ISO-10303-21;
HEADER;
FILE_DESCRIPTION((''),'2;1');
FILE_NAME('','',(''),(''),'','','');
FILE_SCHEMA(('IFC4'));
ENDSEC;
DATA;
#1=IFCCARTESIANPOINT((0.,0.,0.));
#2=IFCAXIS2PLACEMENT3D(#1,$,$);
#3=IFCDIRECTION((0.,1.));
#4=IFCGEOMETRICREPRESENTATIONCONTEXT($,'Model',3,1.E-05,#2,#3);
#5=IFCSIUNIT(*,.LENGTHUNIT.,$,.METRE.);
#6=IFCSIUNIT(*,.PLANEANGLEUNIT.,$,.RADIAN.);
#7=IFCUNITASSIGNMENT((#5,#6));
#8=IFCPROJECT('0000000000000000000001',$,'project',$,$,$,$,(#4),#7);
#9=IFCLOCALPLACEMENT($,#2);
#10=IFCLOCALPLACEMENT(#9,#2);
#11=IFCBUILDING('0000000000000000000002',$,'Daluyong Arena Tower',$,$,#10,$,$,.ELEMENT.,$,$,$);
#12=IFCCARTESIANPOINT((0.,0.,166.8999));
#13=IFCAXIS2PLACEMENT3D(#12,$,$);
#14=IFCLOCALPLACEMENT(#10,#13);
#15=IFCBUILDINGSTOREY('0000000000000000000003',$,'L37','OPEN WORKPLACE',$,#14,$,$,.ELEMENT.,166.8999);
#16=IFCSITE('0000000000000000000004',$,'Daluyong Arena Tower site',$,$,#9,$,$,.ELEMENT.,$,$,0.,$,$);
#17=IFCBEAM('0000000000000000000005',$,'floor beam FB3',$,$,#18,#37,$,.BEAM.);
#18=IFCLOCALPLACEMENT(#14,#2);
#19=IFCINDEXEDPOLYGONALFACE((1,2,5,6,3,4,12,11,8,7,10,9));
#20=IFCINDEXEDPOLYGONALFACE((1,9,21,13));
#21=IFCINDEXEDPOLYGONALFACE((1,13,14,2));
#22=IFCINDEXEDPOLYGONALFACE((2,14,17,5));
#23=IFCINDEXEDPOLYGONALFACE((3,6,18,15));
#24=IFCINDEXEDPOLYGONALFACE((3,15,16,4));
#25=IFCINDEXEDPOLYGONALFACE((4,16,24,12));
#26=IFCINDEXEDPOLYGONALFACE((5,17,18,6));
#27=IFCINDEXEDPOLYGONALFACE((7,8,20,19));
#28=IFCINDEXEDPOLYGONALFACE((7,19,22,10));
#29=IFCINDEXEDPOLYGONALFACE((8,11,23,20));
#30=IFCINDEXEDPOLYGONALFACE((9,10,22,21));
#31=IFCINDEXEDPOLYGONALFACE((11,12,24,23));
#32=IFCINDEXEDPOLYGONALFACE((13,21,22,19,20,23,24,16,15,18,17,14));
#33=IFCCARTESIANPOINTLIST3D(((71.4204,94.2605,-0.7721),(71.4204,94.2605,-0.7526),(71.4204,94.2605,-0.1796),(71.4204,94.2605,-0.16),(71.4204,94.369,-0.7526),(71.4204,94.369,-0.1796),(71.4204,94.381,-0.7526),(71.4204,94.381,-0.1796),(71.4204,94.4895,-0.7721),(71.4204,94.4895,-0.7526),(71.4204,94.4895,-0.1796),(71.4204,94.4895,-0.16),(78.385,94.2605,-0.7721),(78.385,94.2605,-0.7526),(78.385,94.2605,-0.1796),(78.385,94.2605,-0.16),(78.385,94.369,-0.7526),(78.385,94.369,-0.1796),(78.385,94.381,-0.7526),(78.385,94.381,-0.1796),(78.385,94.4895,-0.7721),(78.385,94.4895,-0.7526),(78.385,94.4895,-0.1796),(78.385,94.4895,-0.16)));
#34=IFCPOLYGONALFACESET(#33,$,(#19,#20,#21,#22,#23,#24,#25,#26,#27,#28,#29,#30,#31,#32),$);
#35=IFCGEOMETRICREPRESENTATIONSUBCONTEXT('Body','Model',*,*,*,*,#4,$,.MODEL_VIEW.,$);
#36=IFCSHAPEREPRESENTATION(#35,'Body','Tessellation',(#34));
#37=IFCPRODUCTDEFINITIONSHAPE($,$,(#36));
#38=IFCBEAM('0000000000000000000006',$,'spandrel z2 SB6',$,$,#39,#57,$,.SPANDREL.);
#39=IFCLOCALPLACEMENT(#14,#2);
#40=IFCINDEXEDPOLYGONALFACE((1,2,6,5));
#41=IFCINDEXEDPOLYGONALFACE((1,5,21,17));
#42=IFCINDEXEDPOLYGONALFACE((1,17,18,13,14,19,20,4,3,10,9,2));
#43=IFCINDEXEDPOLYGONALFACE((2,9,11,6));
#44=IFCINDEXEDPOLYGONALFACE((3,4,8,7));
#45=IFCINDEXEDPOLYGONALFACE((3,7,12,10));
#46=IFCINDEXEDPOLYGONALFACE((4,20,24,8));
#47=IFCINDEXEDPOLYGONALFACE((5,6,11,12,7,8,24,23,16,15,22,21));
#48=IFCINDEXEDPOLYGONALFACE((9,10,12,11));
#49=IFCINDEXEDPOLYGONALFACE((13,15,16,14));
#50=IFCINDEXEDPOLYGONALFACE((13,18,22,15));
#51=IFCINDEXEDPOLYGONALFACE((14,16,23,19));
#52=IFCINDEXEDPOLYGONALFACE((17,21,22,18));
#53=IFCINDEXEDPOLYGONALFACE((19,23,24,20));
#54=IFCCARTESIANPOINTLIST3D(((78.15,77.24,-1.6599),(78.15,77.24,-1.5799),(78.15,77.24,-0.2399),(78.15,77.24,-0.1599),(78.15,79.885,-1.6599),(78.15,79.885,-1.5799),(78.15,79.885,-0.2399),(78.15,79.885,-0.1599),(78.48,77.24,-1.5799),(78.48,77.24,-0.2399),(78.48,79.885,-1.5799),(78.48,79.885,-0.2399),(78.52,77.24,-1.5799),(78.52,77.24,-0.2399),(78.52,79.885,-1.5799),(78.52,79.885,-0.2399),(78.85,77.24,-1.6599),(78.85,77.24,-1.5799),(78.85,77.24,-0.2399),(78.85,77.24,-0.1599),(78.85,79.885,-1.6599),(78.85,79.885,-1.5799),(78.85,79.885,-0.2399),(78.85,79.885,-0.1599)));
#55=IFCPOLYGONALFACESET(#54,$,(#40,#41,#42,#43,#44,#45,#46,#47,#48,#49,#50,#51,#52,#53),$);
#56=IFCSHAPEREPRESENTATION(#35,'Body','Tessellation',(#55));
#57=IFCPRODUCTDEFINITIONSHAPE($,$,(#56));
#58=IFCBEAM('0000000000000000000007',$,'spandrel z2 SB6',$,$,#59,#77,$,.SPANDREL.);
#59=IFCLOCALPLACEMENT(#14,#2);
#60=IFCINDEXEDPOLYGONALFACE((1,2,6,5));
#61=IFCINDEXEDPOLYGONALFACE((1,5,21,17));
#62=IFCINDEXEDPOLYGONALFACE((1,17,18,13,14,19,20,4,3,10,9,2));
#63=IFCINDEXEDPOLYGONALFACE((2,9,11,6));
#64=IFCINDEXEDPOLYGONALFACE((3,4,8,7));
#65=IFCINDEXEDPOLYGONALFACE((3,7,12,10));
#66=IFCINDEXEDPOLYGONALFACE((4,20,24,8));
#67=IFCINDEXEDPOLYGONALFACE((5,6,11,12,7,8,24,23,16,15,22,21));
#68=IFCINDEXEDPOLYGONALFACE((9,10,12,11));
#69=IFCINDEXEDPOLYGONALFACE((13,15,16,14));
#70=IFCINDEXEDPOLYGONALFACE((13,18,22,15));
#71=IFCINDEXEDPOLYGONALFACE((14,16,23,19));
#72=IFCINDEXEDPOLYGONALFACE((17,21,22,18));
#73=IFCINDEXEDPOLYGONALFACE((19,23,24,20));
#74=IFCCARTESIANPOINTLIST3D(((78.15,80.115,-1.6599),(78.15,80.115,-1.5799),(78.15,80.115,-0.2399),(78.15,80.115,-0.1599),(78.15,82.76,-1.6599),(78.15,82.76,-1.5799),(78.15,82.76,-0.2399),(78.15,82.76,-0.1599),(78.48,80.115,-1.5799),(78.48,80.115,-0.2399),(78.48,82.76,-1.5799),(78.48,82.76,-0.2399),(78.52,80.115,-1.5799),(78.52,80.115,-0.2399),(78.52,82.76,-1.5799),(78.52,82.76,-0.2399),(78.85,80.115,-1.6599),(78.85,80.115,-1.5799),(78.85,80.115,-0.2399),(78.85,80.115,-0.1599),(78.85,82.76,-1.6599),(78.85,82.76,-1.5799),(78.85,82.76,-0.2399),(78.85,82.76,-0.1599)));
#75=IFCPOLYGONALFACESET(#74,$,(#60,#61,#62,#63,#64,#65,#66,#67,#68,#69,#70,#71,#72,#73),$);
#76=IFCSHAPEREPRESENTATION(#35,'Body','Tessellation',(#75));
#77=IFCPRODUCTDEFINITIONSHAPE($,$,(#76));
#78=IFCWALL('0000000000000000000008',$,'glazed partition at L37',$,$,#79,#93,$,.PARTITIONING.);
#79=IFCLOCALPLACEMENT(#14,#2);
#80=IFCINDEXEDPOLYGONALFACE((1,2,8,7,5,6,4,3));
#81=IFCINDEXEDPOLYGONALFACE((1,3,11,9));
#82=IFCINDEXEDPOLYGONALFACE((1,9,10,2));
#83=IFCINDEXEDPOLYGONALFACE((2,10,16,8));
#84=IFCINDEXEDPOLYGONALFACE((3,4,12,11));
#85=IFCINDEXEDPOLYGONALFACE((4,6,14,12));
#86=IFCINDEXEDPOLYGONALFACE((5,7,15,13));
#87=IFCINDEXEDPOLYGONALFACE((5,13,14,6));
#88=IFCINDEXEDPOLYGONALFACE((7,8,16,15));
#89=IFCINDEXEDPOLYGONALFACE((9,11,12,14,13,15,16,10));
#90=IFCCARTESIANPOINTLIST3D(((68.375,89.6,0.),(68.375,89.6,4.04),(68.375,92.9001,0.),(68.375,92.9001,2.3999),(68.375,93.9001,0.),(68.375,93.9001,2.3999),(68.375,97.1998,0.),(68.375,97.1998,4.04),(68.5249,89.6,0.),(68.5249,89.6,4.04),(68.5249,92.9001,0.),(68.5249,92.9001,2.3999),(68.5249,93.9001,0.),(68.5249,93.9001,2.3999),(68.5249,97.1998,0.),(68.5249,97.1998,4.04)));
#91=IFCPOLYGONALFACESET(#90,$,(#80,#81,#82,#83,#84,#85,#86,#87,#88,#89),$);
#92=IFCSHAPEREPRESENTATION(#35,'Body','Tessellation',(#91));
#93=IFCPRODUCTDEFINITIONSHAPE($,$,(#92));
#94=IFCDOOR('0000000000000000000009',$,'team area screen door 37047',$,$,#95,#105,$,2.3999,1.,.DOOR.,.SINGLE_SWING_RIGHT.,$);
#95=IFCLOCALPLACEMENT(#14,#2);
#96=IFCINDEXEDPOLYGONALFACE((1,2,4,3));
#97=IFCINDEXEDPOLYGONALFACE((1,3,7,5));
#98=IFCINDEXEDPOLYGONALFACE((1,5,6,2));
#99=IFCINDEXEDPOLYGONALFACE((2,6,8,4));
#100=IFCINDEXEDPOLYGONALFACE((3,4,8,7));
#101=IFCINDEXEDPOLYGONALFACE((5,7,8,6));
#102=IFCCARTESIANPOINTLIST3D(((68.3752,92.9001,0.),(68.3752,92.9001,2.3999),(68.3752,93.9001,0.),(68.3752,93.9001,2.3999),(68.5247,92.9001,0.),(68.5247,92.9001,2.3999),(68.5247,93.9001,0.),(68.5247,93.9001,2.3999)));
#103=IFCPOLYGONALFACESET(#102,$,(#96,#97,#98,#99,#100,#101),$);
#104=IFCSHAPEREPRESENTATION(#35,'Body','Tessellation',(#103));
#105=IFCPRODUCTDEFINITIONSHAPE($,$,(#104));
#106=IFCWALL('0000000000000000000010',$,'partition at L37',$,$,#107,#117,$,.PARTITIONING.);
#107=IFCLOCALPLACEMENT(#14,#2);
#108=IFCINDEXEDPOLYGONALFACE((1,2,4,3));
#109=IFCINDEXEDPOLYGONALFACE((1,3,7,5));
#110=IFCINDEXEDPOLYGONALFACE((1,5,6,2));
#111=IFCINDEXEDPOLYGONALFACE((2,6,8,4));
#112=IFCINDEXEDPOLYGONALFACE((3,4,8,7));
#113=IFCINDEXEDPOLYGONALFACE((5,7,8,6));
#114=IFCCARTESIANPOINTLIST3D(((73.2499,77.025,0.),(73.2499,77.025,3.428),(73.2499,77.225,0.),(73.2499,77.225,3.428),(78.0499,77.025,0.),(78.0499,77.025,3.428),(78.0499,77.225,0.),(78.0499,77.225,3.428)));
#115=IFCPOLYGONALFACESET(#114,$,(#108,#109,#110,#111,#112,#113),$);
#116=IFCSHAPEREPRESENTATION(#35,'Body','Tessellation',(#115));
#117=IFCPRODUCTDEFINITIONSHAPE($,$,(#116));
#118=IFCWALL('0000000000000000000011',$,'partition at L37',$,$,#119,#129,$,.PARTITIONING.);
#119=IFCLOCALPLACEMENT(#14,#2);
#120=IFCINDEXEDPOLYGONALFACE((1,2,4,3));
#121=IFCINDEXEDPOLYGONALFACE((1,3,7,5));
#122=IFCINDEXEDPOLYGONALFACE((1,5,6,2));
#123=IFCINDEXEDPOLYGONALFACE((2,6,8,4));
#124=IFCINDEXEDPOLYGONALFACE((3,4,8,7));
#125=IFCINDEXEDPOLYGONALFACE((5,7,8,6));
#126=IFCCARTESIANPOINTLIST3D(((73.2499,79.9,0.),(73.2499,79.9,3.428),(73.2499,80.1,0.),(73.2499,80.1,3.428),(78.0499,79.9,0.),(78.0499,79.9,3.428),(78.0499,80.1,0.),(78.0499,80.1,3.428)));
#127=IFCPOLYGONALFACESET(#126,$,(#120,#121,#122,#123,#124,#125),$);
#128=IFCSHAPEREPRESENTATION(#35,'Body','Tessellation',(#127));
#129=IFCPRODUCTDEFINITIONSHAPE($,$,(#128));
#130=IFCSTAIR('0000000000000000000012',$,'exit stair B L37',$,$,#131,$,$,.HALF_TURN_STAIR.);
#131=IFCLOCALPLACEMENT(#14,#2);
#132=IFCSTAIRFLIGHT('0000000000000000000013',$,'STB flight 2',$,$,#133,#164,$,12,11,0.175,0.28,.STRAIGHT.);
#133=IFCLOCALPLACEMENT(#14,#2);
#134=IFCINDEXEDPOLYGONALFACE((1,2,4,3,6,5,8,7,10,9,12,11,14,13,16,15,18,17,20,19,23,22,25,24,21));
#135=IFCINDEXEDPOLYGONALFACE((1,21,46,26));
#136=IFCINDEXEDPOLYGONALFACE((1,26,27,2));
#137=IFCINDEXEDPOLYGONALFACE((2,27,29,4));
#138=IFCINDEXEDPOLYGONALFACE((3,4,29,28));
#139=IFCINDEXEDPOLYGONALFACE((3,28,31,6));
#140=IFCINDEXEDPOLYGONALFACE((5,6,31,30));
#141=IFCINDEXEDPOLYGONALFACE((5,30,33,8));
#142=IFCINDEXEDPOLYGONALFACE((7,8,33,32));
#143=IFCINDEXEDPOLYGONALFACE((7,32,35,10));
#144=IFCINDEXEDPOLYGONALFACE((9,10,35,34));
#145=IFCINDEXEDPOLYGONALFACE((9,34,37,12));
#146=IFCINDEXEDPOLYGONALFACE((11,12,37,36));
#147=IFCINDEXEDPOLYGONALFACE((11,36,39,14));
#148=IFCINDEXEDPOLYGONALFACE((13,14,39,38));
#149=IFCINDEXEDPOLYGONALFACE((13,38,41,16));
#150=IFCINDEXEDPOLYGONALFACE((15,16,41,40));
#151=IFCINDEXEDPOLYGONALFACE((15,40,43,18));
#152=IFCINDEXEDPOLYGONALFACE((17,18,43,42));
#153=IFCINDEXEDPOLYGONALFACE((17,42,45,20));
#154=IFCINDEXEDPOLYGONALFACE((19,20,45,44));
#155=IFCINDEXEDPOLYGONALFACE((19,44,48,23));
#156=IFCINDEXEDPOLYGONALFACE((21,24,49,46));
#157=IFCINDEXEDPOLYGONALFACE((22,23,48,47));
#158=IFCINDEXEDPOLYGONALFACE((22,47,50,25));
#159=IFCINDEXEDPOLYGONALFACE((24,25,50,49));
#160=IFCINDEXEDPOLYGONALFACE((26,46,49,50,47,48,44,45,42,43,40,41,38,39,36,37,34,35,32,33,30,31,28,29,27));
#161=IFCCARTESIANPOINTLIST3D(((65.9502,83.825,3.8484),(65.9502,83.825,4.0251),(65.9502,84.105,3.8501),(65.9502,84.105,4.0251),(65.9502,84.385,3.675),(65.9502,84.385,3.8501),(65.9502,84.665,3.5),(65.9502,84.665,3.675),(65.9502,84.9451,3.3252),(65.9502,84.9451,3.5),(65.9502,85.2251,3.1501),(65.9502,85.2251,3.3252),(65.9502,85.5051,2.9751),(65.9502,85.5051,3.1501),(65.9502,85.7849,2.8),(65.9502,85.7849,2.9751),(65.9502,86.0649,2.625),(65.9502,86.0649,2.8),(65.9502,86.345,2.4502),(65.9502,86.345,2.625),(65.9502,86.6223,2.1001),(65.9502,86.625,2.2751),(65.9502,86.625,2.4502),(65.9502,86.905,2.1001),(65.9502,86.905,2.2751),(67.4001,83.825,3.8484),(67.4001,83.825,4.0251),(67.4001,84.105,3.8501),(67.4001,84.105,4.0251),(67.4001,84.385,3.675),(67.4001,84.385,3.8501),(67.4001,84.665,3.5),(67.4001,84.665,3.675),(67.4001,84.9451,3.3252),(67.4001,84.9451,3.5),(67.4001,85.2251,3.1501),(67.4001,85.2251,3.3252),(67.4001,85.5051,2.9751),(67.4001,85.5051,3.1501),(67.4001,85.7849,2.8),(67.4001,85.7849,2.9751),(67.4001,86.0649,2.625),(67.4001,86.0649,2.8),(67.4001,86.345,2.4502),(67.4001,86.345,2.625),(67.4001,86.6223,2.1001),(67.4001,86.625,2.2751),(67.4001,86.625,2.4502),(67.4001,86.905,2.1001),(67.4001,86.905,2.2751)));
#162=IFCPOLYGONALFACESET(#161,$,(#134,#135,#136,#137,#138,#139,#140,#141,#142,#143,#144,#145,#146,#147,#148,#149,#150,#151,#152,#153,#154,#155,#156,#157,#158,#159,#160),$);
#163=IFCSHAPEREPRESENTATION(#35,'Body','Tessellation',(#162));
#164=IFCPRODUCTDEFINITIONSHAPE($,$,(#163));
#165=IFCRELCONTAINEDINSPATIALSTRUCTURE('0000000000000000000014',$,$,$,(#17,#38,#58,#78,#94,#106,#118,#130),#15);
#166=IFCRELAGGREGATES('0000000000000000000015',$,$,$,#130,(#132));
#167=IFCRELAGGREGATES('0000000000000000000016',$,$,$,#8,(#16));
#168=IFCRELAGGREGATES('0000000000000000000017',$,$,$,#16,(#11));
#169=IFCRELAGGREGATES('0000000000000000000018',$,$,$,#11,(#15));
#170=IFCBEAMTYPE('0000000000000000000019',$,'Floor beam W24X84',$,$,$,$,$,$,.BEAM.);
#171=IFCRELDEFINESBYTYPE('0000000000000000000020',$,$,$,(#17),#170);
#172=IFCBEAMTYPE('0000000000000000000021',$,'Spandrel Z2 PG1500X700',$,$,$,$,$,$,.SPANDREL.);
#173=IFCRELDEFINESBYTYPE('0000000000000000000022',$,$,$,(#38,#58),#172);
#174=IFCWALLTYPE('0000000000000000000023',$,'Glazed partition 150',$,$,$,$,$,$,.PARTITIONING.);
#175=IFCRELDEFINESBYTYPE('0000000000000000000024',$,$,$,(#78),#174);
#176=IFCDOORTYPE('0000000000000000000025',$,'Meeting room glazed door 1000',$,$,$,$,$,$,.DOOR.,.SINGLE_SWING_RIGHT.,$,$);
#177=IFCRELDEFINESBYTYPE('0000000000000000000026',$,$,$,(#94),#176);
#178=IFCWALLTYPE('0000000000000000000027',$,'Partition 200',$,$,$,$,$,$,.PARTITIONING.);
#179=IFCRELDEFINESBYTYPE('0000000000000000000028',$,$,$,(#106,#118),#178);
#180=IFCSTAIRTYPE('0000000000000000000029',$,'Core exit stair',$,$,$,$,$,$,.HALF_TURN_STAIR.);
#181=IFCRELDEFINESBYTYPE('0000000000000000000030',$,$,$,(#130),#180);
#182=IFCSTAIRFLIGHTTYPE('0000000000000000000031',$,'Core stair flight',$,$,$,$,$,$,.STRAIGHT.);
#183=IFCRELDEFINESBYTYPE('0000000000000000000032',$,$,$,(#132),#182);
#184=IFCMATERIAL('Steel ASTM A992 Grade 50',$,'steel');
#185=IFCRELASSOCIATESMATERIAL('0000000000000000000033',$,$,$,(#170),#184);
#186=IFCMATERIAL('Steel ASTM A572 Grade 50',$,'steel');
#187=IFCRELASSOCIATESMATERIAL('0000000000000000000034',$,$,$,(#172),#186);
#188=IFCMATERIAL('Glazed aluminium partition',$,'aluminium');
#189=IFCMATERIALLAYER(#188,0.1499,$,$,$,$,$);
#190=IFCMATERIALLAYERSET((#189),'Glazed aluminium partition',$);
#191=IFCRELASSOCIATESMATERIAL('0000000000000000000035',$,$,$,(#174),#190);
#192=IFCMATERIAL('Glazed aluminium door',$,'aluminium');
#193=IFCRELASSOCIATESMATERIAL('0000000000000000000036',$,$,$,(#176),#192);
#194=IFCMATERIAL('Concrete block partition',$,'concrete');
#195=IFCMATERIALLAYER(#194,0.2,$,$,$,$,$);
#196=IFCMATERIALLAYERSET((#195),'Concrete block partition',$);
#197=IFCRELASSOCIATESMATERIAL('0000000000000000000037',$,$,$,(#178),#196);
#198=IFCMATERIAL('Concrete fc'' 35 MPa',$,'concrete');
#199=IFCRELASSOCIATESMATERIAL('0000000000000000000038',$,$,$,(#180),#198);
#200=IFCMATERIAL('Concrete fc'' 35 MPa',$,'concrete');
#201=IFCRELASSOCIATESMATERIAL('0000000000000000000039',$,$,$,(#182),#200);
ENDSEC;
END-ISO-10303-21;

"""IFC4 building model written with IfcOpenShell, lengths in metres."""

from ifc_helpers import new_model, si_unit, direction, frame, frame_2d, origin, origin_2d, place, context, subcontext, project, spatial, polyline, rectangle, i_section, outline, extrude, material, layer, layer_set, material_profile, profile_set, type_object, element, fill, aggregate, save


model = new_model("IFC4")

# Units and contexts
model_context = context("Model", 3, precision=1e-05, world=origin(), true_north=direction((0.0, 1.0)))
body_context = subcontext(model_context, "Body", "Model", "MODEL_VIEW")
ifc_project = project(units=[si_unit("LENGTHUNIT", "METRE"), si_unit("PLANEANGLEUNIT", "RADIAN")], contexts=[model_context])

# Site, building, storey
site_placement = place(None, origin())
site = spatial("IfcSite", under=ifc_project, at=site_placement, Name="Daluyong Arena Tower site", CompositionType="ELEMENT", RefElevation=0.0)
building_placement = place(site_placement, origin())
building = spatial("IfcBuilding", under=site, at=building_placement, Name="Daluyong Arena Tower", CompositionType="ELEMENT")
storey_placement = place(building_placement, frame((0.0, 0.0, 166.8999)))
storey = spatial("IfcBuildingStorey", under=building, at=storey_placement, Name="L37", Description="OPEN WORKPLACE", CompositionType="ELEMENT", Elevation=166.8999)

# Beams
ifc_material_1 = material(Name="Steel ASTM A992 Grade 50", Category="steel")
ifc_material_profile_1 = material_profile(ifc_material_1, i_section(OverallWidth=0.229, OverallDepth=0.6121, WebThickness=0.012, FlangeThickness=0.0195, at=origin_2d()))
ifc_profile_set_1 = profile_set([ifc_material_profile_1], Name="Steel ASTM A992 Grade 50")
beam_type_1 = type_object("IfcBeamType", Name="Floor beam W24X84", PredefinedType="BEAM", material=ifc_profile_set_1)
beam_1_placement = place(storey_placement, frame((78.385, 94.375, -0.4661), z_axis=(-1.0, 0.0, 0.0), x_axis=(0.0, -1.0, 0.0)))
element("IfcBeam", 1, at=beam_1_placement, inside=storey, type_object=beam_type_1, Name="floor beam FB3", PredefinedType="BEAM", context=body_context, shape_type="SweptSolid", body=[
    extrude(i_section(OverallWidth=0.229, OverallDepth=0.6121, WebThickness=0.012, FlangeThickness=0.0195, at=origin_2d()), origin(), (0.0, 0.0, 1.0), 6.9646),
])
ifc_material_2 = material(Name="Steel ASTM A572 Grade 50", Category="steel")
ifc_material_profile_2 = material_profile(ifc_material_2, i_section(OverallWidth=0.7, OverallDepth=1.5, WebThickness=0.04, FlangeThickness=0.08, at=origin_2d()))
ifc_profile_set_2 = profile_set([ifc_material_profile_2], Name="Steel ASTM A572 Grade 50")
beam_type_2 = type_object("IfcBeamType", Name="Spandrel Z2 PG1500X700", PredefinedType="SPANDREL", material=ifc_profile_set_2)
for number, where, z_axis, x_axis, name in (
    (2, (78.5, 77.24, -0.9099), (0.0, 1.0, 0.0), (-1.0, 0.0, 0.0), "spandrel z2 SB6"),
    (3, (78.5, 80.115, -0.9099), (0.0, 1.0, 0.0), (-1.0, 0.0, 0.0), "spandrel z2 SB6"),
):
    element("IfcBeam", number, at=place(storey_placement, frame(where, z_axis=z_axis, x_axis=x_axis)), inside=storey, type_object=beam_type_2, Name=name, PredefinedType="SPANDREL", context=body_context, shape_type="SweptSolid", body=[
        extrude(i_section(OverallWidth=0.7, OverallDepth=1.5, WebThickness=0.04, FlangeThickness=0.08, at=origin_2d()), origin(), (0.0, 0.0, 1.0), 2.645),
    ])

# Wall, opening, door
ifc_material_3 = material(Name="Glazed aluminium partition", Category="aluminium")
ifc_layer_1 = layer(ifc_material_3, 0.1499)
ifc_layer_set_1 = layer_set([ifc_layer_1], Name="Glazed aluminium partition")
wall_type_1 = type_object("IfcWallType", Name="Glazed partition 150", PredefinedType="PARTITIONING", material=ifc_layer_set_1)
wall_placement = place(storey_placement, frame((68.45, 89.6001, 0.0), z_axis=(0.0, 0.0, 1.0), x_axis=(0.0, 1.0, 0.0)))
wall = element("IfcWall", 4, at=wall_placement, inside=storey, type_object=wall_type_1, Name="glazed partition at L37", PredefinedType="PARTITIONING", context=body_context, shape_type="SweptSolid", body=[
    extrude(rectangle(XDim=7.5999, YDim=0.1499, at=frame_2d((3.7998, 0.0))), origin(), (0.0, 0.0, 1.0), 4.04),
])
opening_placement = place(wall_placement, frame((3.3, 0.0, 0.0)))
opening = element("IfcOpeningElement", 5, at=opening_placement, cuts=wall, PredefinedType="OPENING", context=body_context, shape_type="SweptSolid", body=[
    extrude(rectangle(XDim=1.0, YDim=2.3999, at=frame_2d((0.5, 1.2))), frame((0.0, 0.085, 0.0), z_axis=(0.0, -1.0, 0.0), x_axis=(1.0, 0.0, 0.0)), (0.0, 0.0, 1.0), 0.1699),
])
ifc_material_4 = material(Name="Glazed aluminium door", Category="aluminium")
door_type = type_object("IfcDoorType", Name="Meeting room glazed door 1000", OperationType="SINGLE_SWING_RIGHT", PredefinedType="DOOR", material=ifc_material_4)
door_placement = place(opening_placement, origin())
door = element("IfcDoor", 6, at=door_placement, inside=storey, type_object=door_type, Name="team area screen door 37047", OperationType="SINGLE_SWING_RIGHT", OverallHeight=2.3999, OverallWidth=1.0, PredefinedType="DOOR", context=body_context, shape_type="SweptSolid", body=[
    extrude(rectangle(XDim=1.0, YDim=2.3999, at=frame_2d((0.5, 1.2))), frame((0.0, 0.0747, 0.0), z_axis=(0.0, -1.0, 0.0), x_axis=(1.0, 0.0, 0.0)), (0.0, 0.0, 1.0), 0.1494),
])
fill(opening, door)

# Walls
ifc_material_5 = material(Name="Concrete block partition", Category="concrete")
ifc_layer_2 = layer(ifc_material_5, 0.2)
ifc_layer_set_2 = layer_set([ifc_layer_2], Name="Concrete block partition")
wall_type_2 = type_object("IfcWallType", Name="Partition 200", PredefinedType="PARTITIONING", material=ifc_layer_set_2)
for number, where, z_axis, x_axis, name in (
    (7, (73.25, 77.125, 0.0), (0.0, 0.0, 1.0), (1.0, 0.0, 0.0), "partition at L37"),
    (8, (73.25, 80.0, 0.0), (0.0, 0.0, 1.0), (1.0, 0.0, 0.0), "partition at L37"),
):
    element("IfcWall", number, at=place(storey_placement, frame(where, z_axis=z_axis, x_axis=x_axis)), inside=storey, type_object=wall_type_2, Name=name, PredefinedType="PARTITIONING", context=body_context, shape_type="SweptSolid", body=[
        extrude(rectangle(XDim=4.8, YDim=0.2, at=frame_2d((2.3999, 0.0))), origin(), (0.0, 0.0, 1.0), 3.428),
    ])

# Stair, stair flight
ifc_material_6 = material(Name="Concrete fc' 35 MPa", Category="concrete")
stair_type = type_object("IfcStairType", Name="Core exit stair", PredefinedType="HALF_TURN_STAIR", material=ifc_material_6)
stair_placement = place(storey_placement, origin())
stair = element("IfcStair", 9, at=stair_placement, inside=storey, type_object=stair_type, Name="exit stair B L37", PredefinedType="HALF_TURN_STAIR")
ifc_material_7 = material(Name="Concrete fc' 35 MPa", Category="concrete")
stair_flight_type = type_object("IfcStairFlightType", Name="Core stair flight", PredefinedType="STRAIGHT", material=ifc_material_7)
stair_flight_placement = place(storey_placement, frame((66.675, 86.905, 2.1001), z_axis=(0.0, 0.0, 1.0), x_axis=(0.0, -1.0, 0.0)))
stair_flight = element("IfcStairFlight", 10, at=stair_flight_placement, type_object=stair_flight_type, Name="STB flight 2", NumberOfRisers=12, NumberOfTreads=11, PredefinedType="STRAIGHT", RiserHeight=0.175, TreadLength=0.28, context=body_context, shape_type="SweptSolid", body=[
    extrude(outline(polyline([(0.0, 0.0), (0.0, 0.175), (0.28, 0.175), (0.28, 0.3501), (0.5601, 0.3501), (0.5601, 0.5249), (0.8401, 0.5249), (0.8401, 0.7), (1.1201, 0.7), (1.1201, 0.875), (1.3999, 0.875), (1.3999, 1.05), (1.6799, 1.05), (1.6799, 1.2251), (1.96, 1.2251), (1.96, 1.3999), (2.24, 1.3999), (2.24, 1.575), (2.52, 1.575), (2.52, 1.75), (2.8, 1.75), (2.8, 1.925), (3.0801, 1.925), (3.0801, 2.1001), (3.0801, 1.7483), (0.2827, 0.0), (0.0, 0.0)])), frame((0.0, 0.7251, 0.0), z_axis=(0.0, -1.0, 0.0), x_axis=(1.0, 0.0, 0.0)), (0.0, 0.0, 1.0), 1.45),
])
aggregate(stair, [stair_flight])

save(model, "model.ifc")
